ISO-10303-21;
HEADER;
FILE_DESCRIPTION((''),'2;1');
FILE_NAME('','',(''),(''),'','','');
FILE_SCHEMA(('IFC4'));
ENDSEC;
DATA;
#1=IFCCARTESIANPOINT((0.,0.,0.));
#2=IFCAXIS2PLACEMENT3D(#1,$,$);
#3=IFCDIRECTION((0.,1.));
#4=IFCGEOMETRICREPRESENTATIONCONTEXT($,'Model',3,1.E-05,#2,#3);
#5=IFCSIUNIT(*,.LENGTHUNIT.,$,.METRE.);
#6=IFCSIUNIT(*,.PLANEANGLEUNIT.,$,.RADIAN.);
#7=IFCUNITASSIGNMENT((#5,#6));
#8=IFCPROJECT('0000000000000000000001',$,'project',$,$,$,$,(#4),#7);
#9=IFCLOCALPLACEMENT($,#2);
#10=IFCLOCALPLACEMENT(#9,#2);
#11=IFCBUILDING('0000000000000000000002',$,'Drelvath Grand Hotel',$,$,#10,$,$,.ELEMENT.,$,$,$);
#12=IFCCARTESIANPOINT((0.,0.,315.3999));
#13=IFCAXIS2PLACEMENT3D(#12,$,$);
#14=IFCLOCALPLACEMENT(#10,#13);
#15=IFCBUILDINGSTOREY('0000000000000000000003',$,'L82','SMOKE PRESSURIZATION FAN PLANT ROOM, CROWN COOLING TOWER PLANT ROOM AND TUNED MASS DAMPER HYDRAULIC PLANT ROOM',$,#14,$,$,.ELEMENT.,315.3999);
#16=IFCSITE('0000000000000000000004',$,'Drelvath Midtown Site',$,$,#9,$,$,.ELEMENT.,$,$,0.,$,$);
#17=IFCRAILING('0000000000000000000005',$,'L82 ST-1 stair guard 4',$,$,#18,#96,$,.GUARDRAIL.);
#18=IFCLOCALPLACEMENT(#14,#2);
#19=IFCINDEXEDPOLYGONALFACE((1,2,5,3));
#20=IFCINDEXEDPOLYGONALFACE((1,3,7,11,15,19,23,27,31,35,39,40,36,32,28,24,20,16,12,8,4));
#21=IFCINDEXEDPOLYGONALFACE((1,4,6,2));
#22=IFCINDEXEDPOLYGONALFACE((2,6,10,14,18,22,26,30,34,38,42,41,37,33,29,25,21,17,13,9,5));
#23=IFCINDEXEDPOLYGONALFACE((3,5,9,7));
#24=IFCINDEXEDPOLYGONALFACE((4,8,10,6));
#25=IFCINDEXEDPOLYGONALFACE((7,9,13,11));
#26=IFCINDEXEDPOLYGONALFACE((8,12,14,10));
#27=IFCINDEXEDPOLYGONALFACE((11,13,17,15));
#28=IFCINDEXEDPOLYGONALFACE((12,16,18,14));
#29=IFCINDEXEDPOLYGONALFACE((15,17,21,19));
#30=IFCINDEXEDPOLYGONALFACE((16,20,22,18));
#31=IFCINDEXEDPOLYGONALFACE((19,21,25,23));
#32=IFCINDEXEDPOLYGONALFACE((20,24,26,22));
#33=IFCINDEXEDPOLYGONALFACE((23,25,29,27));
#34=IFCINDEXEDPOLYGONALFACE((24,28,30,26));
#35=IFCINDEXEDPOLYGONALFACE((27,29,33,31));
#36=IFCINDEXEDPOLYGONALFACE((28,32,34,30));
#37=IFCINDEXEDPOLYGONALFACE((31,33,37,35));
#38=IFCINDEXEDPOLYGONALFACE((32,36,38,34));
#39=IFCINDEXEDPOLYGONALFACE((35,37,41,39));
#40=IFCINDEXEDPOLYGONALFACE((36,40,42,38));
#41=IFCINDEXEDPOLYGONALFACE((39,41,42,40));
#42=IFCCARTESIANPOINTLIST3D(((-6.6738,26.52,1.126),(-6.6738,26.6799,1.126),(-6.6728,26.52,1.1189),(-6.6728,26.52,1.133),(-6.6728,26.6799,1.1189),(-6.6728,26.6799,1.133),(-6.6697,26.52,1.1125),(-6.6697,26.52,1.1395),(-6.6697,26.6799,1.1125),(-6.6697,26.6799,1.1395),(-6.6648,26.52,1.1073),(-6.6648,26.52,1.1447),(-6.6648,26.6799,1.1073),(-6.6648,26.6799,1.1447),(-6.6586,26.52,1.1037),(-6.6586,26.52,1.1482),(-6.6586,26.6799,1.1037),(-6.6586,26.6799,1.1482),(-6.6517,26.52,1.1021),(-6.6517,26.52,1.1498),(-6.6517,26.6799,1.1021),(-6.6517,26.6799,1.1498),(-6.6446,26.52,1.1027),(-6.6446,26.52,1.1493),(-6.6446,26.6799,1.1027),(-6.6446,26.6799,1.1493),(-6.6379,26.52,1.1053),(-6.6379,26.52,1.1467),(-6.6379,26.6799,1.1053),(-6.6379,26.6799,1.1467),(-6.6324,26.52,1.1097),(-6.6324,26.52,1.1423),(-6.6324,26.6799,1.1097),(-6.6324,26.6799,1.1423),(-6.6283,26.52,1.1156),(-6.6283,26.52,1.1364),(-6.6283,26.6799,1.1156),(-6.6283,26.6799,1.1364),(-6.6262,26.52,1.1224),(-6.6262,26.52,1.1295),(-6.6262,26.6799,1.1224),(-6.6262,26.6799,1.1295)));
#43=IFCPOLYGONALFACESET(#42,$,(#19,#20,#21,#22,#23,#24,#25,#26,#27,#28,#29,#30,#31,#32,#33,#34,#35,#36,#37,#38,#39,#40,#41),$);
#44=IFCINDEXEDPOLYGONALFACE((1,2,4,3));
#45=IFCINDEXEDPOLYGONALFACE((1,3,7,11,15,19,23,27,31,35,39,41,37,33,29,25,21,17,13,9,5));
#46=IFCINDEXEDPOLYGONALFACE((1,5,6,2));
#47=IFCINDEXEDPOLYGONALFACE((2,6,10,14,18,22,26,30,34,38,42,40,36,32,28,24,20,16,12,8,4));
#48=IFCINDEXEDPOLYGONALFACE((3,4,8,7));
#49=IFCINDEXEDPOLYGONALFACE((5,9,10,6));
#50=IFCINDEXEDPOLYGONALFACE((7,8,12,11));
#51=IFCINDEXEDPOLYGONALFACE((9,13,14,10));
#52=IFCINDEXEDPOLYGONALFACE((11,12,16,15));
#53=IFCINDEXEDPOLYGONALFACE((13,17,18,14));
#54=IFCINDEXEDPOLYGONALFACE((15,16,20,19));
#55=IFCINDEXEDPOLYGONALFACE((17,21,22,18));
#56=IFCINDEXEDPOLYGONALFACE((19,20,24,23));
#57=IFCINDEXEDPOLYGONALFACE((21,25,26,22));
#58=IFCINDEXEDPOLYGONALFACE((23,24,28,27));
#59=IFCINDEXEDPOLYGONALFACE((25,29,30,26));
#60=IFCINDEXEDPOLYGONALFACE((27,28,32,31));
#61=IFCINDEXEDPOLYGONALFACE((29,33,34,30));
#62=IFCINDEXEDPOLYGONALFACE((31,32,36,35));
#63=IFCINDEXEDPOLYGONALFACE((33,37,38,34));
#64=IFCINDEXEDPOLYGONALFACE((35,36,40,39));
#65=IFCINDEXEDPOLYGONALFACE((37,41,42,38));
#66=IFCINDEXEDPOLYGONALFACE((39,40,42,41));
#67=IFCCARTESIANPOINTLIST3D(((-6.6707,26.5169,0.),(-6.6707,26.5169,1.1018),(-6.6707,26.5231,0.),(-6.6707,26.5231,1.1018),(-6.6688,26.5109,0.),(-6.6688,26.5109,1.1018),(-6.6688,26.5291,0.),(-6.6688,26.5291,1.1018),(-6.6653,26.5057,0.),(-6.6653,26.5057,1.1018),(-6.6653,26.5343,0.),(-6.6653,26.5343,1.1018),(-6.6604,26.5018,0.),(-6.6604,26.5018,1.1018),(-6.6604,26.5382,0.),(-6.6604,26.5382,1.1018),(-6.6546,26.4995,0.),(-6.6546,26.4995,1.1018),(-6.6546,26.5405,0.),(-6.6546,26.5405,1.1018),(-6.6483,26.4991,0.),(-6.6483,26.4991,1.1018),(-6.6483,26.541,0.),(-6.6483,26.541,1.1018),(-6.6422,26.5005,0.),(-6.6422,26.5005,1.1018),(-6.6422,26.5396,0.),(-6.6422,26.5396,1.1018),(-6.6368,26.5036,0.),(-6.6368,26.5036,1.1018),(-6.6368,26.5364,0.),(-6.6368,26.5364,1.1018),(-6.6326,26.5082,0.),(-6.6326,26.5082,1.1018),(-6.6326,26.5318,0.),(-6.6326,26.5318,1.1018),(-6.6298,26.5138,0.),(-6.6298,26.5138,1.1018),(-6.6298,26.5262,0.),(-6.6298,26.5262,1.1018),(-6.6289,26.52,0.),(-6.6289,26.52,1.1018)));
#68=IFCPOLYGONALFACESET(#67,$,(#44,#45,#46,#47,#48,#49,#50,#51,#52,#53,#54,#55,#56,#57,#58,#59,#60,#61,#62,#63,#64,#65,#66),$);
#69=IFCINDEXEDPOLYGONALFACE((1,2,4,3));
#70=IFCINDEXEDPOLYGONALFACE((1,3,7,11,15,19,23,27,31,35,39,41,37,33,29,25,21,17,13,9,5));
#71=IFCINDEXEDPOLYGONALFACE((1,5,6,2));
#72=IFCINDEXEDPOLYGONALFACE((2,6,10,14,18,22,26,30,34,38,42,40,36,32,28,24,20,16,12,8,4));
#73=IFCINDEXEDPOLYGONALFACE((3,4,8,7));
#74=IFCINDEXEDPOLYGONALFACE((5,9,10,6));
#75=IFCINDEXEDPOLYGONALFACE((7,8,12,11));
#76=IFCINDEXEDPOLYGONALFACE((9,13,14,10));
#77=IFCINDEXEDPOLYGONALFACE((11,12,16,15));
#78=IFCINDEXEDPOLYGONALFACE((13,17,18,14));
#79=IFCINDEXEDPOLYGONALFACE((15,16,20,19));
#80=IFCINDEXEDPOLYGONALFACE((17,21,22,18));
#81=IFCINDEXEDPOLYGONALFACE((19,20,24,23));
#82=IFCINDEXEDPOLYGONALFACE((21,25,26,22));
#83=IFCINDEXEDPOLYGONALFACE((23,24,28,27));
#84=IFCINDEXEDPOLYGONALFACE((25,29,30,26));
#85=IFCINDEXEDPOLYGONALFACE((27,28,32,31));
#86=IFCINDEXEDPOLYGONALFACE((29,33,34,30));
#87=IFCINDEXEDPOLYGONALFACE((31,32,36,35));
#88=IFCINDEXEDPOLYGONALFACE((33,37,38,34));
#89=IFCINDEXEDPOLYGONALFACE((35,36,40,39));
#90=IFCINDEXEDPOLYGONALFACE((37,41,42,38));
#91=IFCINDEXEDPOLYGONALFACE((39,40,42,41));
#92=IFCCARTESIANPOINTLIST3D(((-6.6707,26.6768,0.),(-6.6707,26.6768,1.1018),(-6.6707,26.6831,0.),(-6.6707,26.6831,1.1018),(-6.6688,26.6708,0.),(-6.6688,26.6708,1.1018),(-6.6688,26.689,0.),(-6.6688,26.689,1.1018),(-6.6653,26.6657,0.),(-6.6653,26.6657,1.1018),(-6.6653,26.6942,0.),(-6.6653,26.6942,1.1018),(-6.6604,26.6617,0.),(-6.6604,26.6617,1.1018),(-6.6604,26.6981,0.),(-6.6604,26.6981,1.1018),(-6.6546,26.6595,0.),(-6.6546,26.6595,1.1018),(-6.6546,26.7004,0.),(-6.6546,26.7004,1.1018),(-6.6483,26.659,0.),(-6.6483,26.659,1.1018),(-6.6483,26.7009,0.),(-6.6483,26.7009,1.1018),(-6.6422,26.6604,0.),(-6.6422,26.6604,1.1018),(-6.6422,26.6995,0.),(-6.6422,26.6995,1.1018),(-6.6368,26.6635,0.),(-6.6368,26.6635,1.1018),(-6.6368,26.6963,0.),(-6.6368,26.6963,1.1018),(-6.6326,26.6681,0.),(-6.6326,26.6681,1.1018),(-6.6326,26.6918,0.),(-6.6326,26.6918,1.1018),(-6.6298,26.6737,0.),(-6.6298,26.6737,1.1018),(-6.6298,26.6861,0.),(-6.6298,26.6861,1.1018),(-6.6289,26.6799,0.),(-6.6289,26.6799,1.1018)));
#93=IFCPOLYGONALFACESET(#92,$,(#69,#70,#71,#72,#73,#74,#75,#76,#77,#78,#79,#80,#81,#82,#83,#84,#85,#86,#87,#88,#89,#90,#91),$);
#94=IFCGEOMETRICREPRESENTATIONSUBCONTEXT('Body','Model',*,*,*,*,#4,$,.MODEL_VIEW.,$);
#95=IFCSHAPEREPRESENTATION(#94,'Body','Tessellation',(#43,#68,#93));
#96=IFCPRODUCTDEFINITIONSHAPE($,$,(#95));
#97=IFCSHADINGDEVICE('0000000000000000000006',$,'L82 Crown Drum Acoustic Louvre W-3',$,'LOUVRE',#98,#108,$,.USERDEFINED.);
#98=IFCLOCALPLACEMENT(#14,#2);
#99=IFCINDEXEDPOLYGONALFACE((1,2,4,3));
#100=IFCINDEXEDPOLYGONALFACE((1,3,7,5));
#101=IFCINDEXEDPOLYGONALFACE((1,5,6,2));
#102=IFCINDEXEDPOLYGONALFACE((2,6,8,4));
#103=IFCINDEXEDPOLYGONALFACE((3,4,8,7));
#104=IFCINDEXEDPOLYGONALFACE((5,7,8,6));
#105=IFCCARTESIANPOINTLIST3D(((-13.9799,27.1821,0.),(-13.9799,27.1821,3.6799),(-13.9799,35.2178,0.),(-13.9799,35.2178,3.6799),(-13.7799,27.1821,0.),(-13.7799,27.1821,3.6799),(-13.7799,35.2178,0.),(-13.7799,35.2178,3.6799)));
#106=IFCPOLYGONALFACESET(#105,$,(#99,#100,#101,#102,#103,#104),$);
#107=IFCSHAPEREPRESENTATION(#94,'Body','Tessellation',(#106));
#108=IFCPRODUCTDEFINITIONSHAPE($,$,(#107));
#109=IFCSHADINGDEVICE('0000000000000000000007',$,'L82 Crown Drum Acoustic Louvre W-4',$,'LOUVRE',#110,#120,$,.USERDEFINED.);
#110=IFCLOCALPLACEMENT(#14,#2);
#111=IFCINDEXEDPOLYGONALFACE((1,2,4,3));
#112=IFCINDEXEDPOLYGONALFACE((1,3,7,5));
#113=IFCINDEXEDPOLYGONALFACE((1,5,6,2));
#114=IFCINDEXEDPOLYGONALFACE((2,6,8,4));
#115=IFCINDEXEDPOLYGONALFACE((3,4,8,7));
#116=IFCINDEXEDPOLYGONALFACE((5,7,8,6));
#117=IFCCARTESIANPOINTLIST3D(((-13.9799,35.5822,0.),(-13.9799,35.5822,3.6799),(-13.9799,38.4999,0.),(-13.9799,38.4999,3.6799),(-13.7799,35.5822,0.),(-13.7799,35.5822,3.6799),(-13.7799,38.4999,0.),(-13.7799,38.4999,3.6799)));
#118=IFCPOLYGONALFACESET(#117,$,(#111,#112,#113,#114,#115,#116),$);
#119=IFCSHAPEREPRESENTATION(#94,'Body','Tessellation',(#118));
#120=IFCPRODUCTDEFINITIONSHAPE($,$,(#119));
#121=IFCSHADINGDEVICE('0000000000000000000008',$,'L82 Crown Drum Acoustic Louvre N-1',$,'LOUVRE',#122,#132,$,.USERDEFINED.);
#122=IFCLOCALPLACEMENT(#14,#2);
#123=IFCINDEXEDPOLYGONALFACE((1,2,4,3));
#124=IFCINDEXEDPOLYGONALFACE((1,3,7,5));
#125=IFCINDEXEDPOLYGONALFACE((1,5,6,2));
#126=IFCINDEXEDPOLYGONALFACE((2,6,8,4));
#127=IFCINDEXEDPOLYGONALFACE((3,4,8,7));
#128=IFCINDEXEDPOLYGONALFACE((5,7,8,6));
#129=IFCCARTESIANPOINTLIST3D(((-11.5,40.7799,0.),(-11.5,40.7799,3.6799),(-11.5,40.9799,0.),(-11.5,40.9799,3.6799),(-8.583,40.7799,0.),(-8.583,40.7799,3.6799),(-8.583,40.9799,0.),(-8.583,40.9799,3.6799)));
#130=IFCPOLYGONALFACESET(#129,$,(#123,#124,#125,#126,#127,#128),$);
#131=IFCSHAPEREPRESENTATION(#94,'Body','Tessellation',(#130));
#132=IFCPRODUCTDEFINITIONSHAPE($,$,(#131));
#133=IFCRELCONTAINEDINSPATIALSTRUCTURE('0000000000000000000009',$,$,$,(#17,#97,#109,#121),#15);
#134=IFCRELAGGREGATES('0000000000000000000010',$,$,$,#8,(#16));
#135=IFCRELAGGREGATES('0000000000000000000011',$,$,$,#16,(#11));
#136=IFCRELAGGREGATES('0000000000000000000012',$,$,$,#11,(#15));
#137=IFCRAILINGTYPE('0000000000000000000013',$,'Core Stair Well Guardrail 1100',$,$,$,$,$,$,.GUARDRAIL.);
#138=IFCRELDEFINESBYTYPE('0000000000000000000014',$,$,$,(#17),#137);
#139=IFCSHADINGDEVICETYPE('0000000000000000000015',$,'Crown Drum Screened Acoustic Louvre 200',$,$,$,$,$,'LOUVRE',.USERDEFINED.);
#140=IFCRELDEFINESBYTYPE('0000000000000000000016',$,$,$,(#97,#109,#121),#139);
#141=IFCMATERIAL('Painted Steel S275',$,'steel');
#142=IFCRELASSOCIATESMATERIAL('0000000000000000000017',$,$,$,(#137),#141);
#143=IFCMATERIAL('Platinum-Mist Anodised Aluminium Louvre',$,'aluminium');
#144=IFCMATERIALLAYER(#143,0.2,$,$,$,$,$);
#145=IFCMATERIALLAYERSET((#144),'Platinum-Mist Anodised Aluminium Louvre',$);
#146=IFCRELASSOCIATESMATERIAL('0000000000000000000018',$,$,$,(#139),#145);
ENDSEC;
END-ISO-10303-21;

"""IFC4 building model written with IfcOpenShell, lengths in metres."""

from ifc_helpers import new_model, si_unit, direction, frame, origin, origin_2d, place, context, subcontext, project, spatial, rectangle, circle, extrude, material, layer, layer_set, type_object, element, save


model = new_model("IFC4")

# Units and contexts
model_context = context("Model", 3, precision=1e-05, world=origin(), true_north=direction((0.0, 1.0)))
body_context = subcontext(model_context, "Body", "Model", "MODEL_VIEW")
ifc_project = project(units=[si_unit("LENGTHUNIT", "METRE"), si_unit("PLANEANGLEUNIT", "RADIAN")], contexts=[model_context])

# Site, building, storey
site_placement = place(None, origin())
site = spatial("IfcSite", under=ifc_project, at=site_placement, Name="Drelvath Midtown Site", CompositionType="ELEMENT", RefElevation=0.0)
building_placement = place(site_placement, origin())
building = spatial("IfcBuilding", under=site, at=building_placement, Name="Drelvath Grand Hotel", CompositionType="ELEMENT")
storey_placement = place(building_placement, frame((0.0, 0.0, 315.3999)))
storey = spatial("IfcBuildingStorey", under=building, at=storey_placement, Name="L82", Description="SMOKE PRESSURIZATION FAN PLANT ROOM, CROWN COOLING TOWER PLANT ROOM AND TUNED MASS DAMPER HYDRAULIC PLANT ROOM", CompositionType="ELEMENT", Elevation=315.3999)

# Shared definitions
ifc_material_1 = material(Name="Painted Steel S275", Category="steel")

# Railing
railing_type_1 = type_object("IfcRailingType", Name="Core Stair Well Guardrail 1100", PredefinedType="GUARDRAIL", material=ifc_material_1)
railing_1_placement = place(storey_placement, frame((-6.6499, 26.52, 0.0)))
element("IfcRailing", 1, at=railing_1_placement, inside=storey, type_object=railing_type_1, Name="L82 ST-1 stair guard 4", PredefinedType="GUARDRAIL", context=body_context, shape_type="SweptSolid", body=[
    extrude(circle(Radius=0.0239, at=origin_2d()), frame((0.0, 0.0, 1.126), z_axis=(0.0, 1.0, 0.0), x_axis=(-1.0, 0.0, 0.0)), (0.0, 0.0, 1.0), 0.1599),
    extrude(circle(Radius=0.021, at=origin_2d()), origin(), (0.0, 0.0, 1.0), 1.1018),
    extrude(circle(Radius=0.021, at=origin_2d()), frame((0.0, 0.1599, 0.0)), (0.0, 0.0, 1.0), 1.1018),
])

# Shading devices
ifc_material_2 = material(Name="Platinum-Mist Anodised Aluminium Louvre", Category="aluminium")
ifc_layer_1 = layer(ifc_material_2, 0.2)
ifc_layer_set_1 = layer_set([ifc_layer_1], Name="Platinum-Mist Anodised Aluminium Louvre")
shading_device_type = type_object("IfcShadingDeviceType", Name="Crown Drum Screened Acoustic Louvre 200", ElementType="LOUVRE", PredefinedType="USERDEFINED", material=ifc_layer_set_1)
shading_device_1_placement = place(storey_placement, frame((-13.8799, 31.2, 0.0), z_axis=(0.0, 0.0, 1.0), x_axis=(0.0, 1.0, 0.0)))
element("IfcShadingDevice", 2, at=shading_device_1_placement, inside=storey, type_object=shading_device_type, Name="L82 Crown Drum Acoustic Louvre W-3", ObjectType="LOUVRE", PredefinedType="USERDEFINED", context=body_context, shape_type="SweptSolid", body=[
    extrude(rectangle(XDim=8.0356, YDim=0.2, at=origin_2d()), origin(), (0.0, 0.0, 1.0), 3.6799),
])
shading_device_2_placement = place(storey_placement, frame((-13.8799, 37.041, 0.0), z_axis=(0.0, 0.0, 1.0), x_axis=(0.0, 1.0, 0.0)))
element("IfcShadingDevice", 3, at=shading_device_2_placement, inside=storey, type_object=shading_device_type, Name="L82 Crown Drum Acoustic Louvre W-4", ObjectType="LOUVRE", PredefinedType="USERDEFINED", context=body_context, shape_type="SweptSolid", body=[
    extrude(rectangle(XDim=2.9177, YDim=0.2, at=origin_2d()), origin(), (0.0, 0.0, 1.0), 3.6799),
])
shading_device_3_placement = place(storey_placement, frame((-10.0415, 40.8799, 0.0), z_axis=(0.0, 0.0, 1.0), x_axis=(1.0, 0.0, 0.0)))
element("IfcShadingDevice", 4, at=shading_device_3_placement, inside=storey, type_object=shading_device_type, Name="L82 Crown Drum Acoustic Louvre N-1", ObjectType="LOUVRE", PredefinedType="USERDEFINED", context=body_context, shape_type="SweptSolid", body=[
    extrude(rectangle(XDim=2.917, YDim=0.2, at=origin_2d()), origin(), (0.0, 0.0, 1.0), 3.6799),
])

save(model, "model.ifc")
